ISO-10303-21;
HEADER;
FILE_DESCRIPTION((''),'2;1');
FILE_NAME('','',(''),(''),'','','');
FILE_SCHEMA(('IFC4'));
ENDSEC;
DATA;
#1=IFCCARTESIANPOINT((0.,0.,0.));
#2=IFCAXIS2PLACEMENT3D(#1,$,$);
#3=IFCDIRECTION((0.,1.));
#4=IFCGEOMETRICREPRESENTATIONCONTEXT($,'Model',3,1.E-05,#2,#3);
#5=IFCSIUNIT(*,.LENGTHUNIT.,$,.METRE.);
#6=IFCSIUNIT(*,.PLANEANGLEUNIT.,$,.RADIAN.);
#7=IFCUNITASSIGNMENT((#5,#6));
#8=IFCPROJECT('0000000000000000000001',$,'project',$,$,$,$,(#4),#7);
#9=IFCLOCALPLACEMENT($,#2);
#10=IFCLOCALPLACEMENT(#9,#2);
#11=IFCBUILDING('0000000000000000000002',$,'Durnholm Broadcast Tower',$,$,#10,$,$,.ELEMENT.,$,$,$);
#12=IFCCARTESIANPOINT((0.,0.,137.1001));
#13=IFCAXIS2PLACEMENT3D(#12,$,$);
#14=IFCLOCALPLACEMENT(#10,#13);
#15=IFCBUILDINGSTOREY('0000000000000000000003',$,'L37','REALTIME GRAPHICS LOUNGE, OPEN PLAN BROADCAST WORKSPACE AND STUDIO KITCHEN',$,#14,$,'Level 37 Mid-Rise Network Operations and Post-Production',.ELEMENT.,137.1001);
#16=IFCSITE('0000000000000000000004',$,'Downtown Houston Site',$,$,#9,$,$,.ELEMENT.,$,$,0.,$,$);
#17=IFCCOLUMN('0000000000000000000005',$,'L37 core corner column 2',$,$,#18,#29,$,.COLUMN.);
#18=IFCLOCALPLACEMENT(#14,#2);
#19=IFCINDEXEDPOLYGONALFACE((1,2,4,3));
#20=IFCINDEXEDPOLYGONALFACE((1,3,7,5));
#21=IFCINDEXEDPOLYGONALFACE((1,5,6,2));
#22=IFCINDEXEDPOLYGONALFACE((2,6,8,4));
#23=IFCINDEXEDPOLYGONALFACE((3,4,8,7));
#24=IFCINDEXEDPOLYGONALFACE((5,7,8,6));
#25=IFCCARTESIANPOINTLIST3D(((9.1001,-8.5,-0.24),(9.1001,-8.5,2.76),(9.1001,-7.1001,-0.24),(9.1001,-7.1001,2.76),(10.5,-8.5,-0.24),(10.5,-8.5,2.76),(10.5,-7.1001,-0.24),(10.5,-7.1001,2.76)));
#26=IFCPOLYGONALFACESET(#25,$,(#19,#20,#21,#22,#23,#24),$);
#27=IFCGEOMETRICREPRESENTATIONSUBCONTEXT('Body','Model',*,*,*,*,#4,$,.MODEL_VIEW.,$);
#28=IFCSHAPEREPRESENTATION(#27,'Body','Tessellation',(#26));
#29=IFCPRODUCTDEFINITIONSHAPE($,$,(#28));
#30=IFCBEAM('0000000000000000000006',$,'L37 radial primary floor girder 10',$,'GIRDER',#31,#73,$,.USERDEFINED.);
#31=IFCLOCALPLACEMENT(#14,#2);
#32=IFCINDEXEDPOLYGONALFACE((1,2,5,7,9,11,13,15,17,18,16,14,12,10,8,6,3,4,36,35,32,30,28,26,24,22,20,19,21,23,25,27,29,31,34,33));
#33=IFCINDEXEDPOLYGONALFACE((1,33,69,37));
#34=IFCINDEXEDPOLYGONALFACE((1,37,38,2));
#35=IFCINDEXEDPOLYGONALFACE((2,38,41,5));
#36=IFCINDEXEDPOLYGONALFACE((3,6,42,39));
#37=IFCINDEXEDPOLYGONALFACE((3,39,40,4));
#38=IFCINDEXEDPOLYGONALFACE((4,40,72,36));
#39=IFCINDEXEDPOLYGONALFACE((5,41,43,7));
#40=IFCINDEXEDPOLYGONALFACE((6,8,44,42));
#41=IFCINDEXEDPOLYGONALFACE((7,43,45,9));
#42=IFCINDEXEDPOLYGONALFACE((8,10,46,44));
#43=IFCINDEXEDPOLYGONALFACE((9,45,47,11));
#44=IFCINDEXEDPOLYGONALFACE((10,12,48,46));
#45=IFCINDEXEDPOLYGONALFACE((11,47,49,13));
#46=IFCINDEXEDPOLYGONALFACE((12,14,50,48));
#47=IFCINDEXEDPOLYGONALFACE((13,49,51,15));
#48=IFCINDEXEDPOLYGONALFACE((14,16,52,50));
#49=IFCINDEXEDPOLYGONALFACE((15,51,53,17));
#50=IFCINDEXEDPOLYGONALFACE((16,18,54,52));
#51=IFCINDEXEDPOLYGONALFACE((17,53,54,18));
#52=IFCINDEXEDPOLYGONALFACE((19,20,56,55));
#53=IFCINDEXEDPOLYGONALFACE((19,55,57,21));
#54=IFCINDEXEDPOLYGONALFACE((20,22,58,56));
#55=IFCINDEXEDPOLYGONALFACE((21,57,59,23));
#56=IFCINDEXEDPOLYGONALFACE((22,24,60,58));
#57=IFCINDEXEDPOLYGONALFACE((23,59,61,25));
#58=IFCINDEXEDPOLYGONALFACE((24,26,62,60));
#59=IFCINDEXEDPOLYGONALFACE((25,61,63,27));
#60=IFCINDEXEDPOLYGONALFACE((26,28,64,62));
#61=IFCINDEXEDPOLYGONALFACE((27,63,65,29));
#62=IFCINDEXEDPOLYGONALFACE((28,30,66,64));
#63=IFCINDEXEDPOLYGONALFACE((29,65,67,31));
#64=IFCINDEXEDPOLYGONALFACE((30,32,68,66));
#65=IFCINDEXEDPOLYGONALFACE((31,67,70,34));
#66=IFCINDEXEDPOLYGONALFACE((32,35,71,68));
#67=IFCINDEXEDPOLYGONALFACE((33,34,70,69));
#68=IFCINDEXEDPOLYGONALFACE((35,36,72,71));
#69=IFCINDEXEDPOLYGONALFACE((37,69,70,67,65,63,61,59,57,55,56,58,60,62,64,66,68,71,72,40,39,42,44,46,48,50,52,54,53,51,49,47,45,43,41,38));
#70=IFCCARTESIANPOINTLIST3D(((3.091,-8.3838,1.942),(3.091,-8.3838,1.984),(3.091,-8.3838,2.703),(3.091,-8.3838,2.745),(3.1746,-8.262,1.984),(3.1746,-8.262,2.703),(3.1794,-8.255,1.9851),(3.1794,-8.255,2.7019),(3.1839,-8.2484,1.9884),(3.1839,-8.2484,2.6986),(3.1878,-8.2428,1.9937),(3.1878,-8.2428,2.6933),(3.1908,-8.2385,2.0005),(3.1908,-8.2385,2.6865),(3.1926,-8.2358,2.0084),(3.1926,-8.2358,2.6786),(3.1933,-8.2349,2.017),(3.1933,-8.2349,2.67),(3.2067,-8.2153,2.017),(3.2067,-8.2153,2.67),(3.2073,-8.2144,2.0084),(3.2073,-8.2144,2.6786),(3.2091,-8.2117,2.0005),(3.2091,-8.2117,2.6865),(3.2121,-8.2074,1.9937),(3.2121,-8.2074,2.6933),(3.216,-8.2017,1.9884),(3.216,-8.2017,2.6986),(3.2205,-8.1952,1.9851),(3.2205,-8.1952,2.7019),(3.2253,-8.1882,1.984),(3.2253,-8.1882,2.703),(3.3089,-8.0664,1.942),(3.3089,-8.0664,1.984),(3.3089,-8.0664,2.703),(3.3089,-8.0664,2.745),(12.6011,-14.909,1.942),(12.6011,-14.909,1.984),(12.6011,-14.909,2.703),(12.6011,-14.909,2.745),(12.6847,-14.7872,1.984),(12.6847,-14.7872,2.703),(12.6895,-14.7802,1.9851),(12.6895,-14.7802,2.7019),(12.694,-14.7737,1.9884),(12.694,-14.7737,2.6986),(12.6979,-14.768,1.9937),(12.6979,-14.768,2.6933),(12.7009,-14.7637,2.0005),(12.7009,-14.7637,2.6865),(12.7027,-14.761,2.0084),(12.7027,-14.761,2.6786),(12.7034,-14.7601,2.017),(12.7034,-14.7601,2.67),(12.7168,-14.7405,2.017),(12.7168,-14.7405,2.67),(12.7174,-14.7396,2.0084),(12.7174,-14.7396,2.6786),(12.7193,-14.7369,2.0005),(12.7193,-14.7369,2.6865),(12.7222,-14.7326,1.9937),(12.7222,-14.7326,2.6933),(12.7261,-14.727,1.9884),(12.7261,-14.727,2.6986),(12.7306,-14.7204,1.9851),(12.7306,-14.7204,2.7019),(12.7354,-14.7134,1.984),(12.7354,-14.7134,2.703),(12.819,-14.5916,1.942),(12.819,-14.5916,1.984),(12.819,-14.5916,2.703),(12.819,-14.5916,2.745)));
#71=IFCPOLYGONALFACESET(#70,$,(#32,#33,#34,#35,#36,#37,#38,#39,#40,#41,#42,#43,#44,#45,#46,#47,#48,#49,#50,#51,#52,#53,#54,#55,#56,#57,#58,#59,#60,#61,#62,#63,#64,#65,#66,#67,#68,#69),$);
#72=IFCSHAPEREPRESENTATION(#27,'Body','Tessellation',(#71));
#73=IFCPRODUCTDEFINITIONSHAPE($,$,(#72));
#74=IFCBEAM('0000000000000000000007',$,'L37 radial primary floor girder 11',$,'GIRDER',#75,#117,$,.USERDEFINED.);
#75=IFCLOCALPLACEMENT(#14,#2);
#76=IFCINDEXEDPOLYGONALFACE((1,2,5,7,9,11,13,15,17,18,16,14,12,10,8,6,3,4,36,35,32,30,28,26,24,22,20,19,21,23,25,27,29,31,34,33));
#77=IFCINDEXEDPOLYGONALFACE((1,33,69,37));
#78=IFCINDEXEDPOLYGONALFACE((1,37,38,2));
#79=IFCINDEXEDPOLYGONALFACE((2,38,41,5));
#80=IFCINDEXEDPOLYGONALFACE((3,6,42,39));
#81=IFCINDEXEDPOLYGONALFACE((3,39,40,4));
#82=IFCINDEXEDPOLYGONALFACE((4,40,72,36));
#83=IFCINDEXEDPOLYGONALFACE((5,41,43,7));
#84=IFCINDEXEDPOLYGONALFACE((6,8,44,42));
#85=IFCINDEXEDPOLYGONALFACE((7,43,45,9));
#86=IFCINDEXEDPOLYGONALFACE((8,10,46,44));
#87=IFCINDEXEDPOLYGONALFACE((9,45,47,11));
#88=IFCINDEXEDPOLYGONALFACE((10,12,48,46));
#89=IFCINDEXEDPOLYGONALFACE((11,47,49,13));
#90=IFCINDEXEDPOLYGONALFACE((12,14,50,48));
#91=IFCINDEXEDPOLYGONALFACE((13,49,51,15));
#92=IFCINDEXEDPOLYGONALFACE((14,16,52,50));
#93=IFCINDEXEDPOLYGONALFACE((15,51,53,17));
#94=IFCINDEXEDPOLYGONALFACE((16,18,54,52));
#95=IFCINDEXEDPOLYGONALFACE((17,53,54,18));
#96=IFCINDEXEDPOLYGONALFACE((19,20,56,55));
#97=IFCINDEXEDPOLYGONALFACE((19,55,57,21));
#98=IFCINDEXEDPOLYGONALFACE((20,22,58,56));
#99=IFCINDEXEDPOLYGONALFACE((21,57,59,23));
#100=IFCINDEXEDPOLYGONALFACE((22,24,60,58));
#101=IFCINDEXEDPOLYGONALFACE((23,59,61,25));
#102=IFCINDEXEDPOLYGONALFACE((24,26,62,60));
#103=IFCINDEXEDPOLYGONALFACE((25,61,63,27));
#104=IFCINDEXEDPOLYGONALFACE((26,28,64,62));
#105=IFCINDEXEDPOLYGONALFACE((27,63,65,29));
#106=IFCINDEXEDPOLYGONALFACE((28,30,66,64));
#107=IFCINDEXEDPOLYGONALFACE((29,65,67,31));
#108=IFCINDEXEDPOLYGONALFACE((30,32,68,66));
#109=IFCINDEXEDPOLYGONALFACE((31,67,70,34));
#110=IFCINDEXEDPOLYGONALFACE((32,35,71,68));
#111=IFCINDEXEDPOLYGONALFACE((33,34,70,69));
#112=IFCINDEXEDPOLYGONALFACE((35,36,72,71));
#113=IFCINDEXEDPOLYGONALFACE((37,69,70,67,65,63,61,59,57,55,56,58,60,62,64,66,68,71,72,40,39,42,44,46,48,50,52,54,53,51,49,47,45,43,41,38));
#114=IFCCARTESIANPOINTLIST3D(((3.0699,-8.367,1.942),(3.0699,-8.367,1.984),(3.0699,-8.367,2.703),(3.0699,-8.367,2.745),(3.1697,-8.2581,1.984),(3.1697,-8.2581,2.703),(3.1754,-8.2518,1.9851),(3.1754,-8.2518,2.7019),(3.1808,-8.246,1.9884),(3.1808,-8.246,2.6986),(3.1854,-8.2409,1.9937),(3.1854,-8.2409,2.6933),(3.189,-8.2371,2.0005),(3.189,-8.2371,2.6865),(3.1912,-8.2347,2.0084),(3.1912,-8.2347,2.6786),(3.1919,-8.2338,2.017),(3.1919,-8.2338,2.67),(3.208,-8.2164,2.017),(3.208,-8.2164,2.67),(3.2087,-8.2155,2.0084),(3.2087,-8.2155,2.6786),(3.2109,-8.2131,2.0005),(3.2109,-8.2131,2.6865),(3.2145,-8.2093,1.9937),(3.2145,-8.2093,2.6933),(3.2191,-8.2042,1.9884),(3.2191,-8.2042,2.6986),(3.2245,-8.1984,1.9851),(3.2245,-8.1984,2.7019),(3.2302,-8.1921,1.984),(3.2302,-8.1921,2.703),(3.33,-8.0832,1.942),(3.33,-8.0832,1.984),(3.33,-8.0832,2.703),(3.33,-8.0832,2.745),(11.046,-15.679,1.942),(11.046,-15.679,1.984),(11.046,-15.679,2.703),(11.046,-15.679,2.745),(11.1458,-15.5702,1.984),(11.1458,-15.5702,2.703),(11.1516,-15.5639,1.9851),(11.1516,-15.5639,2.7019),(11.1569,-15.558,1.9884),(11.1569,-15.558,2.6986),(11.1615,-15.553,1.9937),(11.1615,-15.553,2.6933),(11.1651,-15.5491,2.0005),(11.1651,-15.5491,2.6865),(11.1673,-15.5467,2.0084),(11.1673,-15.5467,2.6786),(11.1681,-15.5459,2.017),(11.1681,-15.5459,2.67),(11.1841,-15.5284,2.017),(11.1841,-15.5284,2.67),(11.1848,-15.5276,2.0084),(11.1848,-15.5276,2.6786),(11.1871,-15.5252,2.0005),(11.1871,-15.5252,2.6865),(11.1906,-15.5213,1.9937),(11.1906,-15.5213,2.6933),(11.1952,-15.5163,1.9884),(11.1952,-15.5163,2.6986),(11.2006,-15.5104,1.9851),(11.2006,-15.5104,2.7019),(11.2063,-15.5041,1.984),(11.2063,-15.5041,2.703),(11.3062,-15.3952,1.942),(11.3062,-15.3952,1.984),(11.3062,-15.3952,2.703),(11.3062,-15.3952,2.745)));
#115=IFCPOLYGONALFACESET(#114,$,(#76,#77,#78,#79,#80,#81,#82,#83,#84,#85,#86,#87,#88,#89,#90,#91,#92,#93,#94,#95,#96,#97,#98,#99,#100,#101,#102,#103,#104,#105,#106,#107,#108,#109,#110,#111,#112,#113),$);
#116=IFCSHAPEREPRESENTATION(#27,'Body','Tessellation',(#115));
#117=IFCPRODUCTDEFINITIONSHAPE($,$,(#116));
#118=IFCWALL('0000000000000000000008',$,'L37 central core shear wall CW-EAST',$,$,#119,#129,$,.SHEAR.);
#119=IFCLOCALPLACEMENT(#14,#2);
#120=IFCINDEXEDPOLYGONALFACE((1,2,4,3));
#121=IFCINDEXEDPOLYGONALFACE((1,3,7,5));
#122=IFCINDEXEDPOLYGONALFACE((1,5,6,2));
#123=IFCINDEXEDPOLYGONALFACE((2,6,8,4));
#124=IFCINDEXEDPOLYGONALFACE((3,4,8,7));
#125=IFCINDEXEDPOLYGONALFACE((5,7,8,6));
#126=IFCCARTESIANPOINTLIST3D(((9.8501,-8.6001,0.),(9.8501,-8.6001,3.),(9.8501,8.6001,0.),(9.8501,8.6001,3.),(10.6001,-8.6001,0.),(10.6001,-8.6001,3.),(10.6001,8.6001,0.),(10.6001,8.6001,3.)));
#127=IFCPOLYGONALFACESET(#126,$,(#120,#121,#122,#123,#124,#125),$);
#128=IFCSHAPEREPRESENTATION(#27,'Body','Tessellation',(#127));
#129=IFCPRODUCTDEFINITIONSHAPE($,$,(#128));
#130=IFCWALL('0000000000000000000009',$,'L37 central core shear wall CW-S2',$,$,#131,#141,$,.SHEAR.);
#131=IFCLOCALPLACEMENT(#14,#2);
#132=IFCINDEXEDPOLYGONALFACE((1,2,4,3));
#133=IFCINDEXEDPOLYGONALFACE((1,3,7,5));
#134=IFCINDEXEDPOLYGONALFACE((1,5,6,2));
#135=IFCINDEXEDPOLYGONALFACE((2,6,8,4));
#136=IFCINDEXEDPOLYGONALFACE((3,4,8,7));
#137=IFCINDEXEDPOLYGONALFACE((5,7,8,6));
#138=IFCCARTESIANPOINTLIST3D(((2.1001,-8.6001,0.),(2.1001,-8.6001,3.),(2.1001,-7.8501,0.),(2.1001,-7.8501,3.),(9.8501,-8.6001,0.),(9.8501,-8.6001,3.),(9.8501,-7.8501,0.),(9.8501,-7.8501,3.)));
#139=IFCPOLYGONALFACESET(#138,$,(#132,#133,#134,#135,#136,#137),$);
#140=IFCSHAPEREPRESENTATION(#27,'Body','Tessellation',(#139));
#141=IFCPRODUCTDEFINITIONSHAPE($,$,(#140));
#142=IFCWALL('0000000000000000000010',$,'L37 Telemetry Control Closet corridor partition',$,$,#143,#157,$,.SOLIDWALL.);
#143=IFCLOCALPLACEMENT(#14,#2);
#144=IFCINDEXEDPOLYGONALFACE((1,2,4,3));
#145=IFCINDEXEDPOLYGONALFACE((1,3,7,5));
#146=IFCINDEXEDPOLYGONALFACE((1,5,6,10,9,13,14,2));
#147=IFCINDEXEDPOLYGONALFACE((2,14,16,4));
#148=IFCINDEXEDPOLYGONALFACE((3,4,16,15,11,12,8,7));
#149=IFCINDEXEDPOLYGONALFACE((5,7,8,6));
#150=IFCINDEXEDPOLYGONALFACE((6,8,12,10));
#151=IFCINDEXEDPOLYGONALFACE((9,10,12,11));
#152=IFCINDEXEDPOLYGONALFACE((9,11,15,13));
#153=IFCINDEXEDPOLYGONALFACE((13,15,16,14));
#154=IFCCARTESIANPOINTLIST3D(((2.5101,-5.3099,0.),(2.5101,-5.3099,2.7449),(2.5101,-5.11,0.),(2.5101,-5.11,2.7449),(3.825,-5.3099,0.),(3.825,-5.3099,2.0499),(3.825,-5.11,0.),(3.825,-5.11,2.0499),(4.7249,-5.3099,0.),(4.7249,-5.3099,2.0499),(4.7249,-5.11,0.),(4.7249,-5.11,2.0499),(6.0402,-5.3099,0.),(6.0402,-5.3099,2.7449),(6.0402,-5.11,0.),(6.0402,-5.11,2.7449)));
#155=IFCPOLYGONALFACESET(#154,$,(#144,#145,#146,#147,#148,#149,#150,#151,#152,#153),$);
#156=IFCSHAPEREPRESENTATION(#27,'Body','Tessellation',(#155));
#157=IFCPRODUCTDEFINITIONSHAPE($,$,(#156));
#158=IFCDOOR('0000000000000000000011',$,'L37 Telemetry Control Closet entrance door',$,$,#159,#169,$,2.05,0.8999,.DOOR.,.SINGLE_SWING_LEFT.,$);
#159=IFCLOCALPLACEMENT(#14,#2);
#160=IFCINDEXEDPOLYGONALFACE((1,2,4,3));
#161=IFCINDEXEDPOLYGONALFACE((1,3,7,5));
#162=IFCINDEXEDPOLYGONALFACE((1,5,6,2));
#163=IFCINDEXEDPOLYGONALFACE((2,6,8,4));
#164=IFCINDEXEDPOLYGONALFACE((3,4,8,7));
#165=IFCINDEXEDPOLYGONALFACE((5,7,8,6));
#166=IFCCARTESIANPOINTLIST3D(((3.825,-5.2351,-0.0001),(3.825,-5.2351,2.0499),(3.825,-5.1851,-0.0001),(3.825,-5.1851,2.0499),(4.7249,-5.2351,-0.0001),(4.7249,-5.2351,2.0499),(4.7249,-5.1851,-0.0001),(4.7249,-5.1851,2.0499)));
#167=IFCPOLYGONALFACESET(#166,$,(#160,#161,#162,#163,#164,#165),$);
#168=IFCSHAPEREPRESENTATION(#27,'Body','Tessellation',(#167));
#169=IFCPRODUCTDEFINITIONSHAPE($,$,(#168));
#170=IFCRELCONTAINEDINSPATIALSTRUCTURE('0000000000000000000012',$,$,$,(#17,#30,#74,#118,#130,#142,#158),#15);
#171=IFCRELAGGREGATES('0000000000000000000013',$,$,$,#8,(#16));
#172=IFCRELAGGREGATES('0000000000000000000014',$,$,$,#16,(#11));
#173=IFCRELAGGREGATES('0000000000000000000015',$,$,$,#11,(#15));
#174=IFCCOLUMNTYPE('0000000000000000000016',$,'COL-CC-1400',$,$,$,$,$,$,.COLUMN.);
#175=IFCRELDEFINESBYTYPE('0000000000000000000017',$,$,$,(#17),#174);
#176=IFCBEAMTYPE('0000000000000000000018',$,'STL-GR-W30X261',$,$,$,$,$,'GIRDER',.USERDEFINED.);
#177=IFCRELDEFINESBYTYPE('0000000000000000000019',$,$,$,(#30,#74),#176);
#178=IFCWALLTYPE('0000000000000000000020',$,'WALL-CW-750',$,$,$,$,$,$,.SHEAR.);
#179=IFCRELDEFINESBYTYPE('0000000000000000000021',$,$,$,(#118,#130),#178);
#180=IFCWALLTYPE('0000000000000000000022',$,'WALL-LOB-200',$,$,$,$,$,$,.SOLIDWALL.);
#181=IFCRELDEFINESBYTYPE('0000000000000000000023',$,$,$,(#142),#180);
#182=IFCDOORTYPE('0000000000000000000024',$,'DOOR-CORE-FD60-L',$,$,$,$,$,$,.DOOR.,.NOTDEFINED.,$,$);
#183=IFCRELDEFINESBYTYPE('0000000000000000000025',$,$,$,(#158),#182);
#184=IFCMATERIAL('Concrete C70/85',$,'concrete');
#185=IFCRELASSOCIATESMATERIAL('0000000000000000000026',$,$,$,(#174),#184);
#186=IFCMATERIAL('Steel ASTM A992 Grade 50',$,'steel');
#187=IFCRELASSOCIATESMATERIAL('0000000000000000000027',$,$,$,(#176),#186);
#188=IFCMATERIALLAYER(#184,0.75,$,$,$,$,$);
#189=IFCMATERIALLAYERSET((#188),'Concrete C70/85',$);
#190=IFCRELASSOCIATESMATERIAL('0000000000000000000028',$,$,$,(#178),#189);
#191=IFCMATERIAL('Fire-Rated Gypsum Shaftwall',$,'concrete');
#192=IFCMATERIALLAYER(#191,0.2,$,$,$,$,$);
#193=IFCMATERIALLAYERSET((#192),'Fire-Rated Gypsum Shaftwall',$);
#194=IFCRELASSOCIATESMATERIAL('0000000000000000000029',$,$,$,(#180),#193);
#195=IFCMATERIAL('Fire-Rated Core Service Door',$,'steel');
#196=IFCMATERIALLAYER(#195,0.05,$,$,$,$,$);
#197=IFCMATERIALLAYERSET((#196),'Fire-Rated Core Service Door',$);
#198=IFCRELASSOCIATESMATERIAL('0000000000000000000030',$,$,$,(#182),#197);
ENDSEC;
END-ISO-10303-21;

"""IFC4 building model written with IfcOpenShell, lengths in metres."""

from ifc_helpers import new_model, si_unit, direction, frame, frame_2d, origin, origin_2d, place, context, subcontext, project, spatial, rectangle, i_section, extrude, source, transform, mapped, material, layer, layer_set, material_profile, profile_set, type_object, type_shapes, element, fill, save


model = new_model("IFC4")

# Units and contexts
model_context = context("Model", 3, precision=1e-05, world=origin(), true_north=direction((0.0, 1.0)))
body_context = subcontext(model_context, "Body", "Model", "MODEL_VIEW")
ifc_project = project(units=[si_unit("LENGTHUNIT", "METRE"), si_unit("PLANEANGLEUNIT", "RADIAN")], contexts=[model_context])

# Site, building, storey
site_placement = place(None, origin())
site = spatial("IfcSite", under=ifc_project, at=site_placement, Name="Downtown Houston Site", CompositionType="ELEMENT", RefElevation=0.0)
building_placement = place(site_placement, origin())
building = spatial("IfcBuilding", under=site, at=building_placement, Name="Durnholm Broadcast Tower", CompositionType="ELEMENT")
storey_placement = place(building_placement, frame((0.0, 0.0, 137.1001)))
storey = spatial("IfcBuildingStorey", under=building, at=storey_placement, Name="L37", Description="REALTIME GRAPHICS LOUNGE, OPEN PLAN BROADCAST WORKSPACE AND STUDIO KITCHEN", LongName="Level 37 Mid-Rise Network Operations and Post-Production", CompositionType="ELEMENT", Elevation=137.1001)

# Column
ifc_material_1 = material(Name="Concrete C70/85", Category="concrete")
ifc_material_profile_1 = material_profile(ifc_material_1, rectangle(XDim=1.3999, YDim=1.3999, at=origin_2d()), Name="RC1400X1400")
ifc_profile_set_1 = profile_set([ifc_material_profile_1], Name="Concrete C70/85")
column_type = type_object("IfcColumnType", Name="COL-CC-1400", PredefinedType="COLUMN", material=ifc_profile_set_1)
shared_shape_1 = source(origin(), body_context, "Body", "SweptSolid", [
    extrude(rectangle(XDim=1.3999, YDim=1.3999, at=origin_2d()), origin(), (0.0, 0.0, 1.0), 3.0),
])
type_shapes(column_type, [shared_shape_1])
column_placement = place(storey_placement, frame((9.8, -7.8, -0.24), z_axis=(0.0, 0.0, 1.0), x_axis=(1.0, 0.0, 0.0)))
element("IfcColumn", 1, at=column_placement, inside=storey, type_object=column_type, Name="L37 core corner column 2", PredefinedType="COLUMN", context=body_context, shape_type="MappedRepresentation", body=[
    mapped(shared_shape_1, transform((0.0, 0.0, 0.0), x_axis=(1.0, 0.0, 0.0), y_axis=(0.0, 1.0, 0.0), z_axis=(0.0, 0.0, 1.0), scale=1.0)),
])

# Beams
ifc_material_2 = material(Name="Steel ASTM A992 Grade 50", Category="steel")
ifc_material_profile_2 = material_profile(ifc_material_2, i_section(OverallWidth=0.385, OverallDepth=0.803, WebThickness=0.0237, FlangeThickness=0.042, FilletRadius=0.033, at=origin_2d()), Name="W30X261")
ifc_profile_set_2 = profile_set([ifc_material_profile_2], Name="Steel ASTM A992 Grade 50")
beam_type = type_object("IfcBeamType", Name="STL-GR-W30X261", ElementType="GIRDER", PredefinedType="USERDEFINED", material=ifc_profile_set_2)
shared_shape_2 = source(origin(), body_context, "Body", "SweptSolid", [
    extrude(i_section(OverallWidth=0.385, OverallDepth=0.803, WebThickness=0.0237, FlangeThickness=0.042, FilletRadius=0.033, at=origin_2d()), origin(), (0.0, 0.0, 1.0), 11.5334),
])
beam_1_placement = place(storey_placement, frame((3.2, -8.2251, 2.3435), z_axis=(0.824567, -0.565764, 0.0), x_axis=(0.565764, 0.824567, 0.0)))
element("IfcBeam", 2, at=beam_1_placement, inside=storey, type_object=beam_type, Name="L37 radial primary floor girder 10", ObjectType="GIRDER", PredefinedType="USERDEFINED", context=body_context, shape_type="MappedRepresentation", body=[
    mapped(shared_shape_2, transform((0.0, 0.0, 0.0), x_axis=(1.0, 0.0, 0.0), y_axis=(0.0, 1.0, 0.0), z_axis=(0.0, 0.0, 1.0), scale=1.0)),
])
shared_shape_3 = source(origin(), body_context, "Body", "SweptSolid", [
    extrude(i_section(OverallWidth=0.385, OverallDepth=0.803, WebThickness=0.0237, FlangeThickness=0.042, FilletRadius=0.033, at=origin_2d()), origin(), (0.0, 0.0, 1.0), 10.8206),
])
type_shapes(beam_type, [shared_shape_2, shared_shape_3])
beam_2_placement = place(storey_placement, frame((3.2, -8.2251, 2.3435), z_axis=(0.737126, -0.675755, 0.0), x_axis=(0.675755, 0.737126, 0.0)))
element("IfcBeam", 3, at=beam_2_placement, inside=storey, type_object=beam_type, Name="L37 radial primary floor girder 11", ObjectType="GIRDER", PredefinedType="USERDEFINED", context=body_context, shape_type="MappedRepresentation", body=[
    mapped(shared_shape_3, transform((0.0, 0.0, 0.0), x_axis=(1.0, 0.0, 0.0), y_axis=(0.0, 1.0, 0.0), z_axis=(0.0, 0.0, 1.0), scale=1.0)),
])

# Walls
ifc_layer_1 = layer(ifc_material_1, 0.75)
ifc_layer_set_1 = layer_set([ifc_layer_1], Name="Concrete C70/85")
wall_type_1 = type_object("IfcWallType", Name="WALL-CW-750", PredefinedType="SHEAR", material=ifc_layer_set_1)
wall_1_placement = place(storey_placement, frame((10.2251, -8.6001, 0.0), z_axis=(0.0, 0.0, 1.0), x_axis=(0.0, 1.0, 0.0)))
element("IfcWall", 4, at=wall_1_placement, inside=storey, type_object=wall_type_1, Name="L37 central core shear wall CW-EAST", PredefinedType="SHEAR", context=body_context, shape_type="SweptSolid", body=[
    extrude(rectangle(XDim=17.2002, YDim=0.75, at=frame_2d((8.6001, 0.0))), origin(), (0.0, 0.0, 1.0), 3.0),
])
wall_2_placement = place(storey_placement, frame((2.1001, -8.2251, 0.0), z_axis=(0.0, 0.0, 1.0), x_axis=(1.0, 0.0, 0.0)))
element("IfcWall", 5, at=wall_2_placement, inside=storey, type_object=wall_type_1, Name="L37 central core shear wall CW-S2", PredefinedType="SHEAR", context=body_context, shape_type="SweptSolid", body=[
    extrude(rectangle(XDim=7.75, YDim=0.75, at=frame_2d((3.875, 0.0))), origin(), (0.0, 0.0, 1.0), 3.0),
])

# Wall, opening, door
ifc_material_3 = material(Name="Fire-Rated Gypsum Shaftwall", Category="concrete")
ifc_layer_2 = layer(ifc_material_3, 0.2)
ifc_layer_set_2 = layer_set([ifc_layer_2], Name="Fire-Rated Gypsum Shaftwall")
wall_type_2 = type_object("IfcWallType", Name="WALL-LOB-200", PredefinedType="SOLIDWALL", material=ifc_layer_set_2)
wall_3_placement = place(storey_placement, frame((2.51, -5.21, 0.0), z_axis=(0.0, 0.0, 1.0), x_axis=(1.0, 0.0, 0.0)))
wall_3 = element("IfcWall", 6, at=wall_3_placement, inside=storey, type_object=wall_type_2, Name="L37 Telemetry Control Closet corridor partition", PredefinedType="SOLIDWALL", context=body_context, shape_type="SweptSolid", body=[
    extrude(rectangle(XDim=3.53, YDim=0.2, at=frame_2d((1.7651, 0.0))), origin(), (0.0, 0.0, 1.0), 2.7449),
])
opening_1_placement = place(wall_3_placement, frame((1.3149, 0.0, 0.0)))
opening_1 = element("IfcOpeningElement", 7, at=opening_1_placement, cuts=wall_3, PredefinedType="OPENING", context=body_context, shape_type="SweptSolid", body=[
    extrude(rectangle(XDim=0.8999, YDim=2.05, at=frame_2d((0.45, 1.0249))), frame((0.0, 0.1099, 0.0), z_axis=(0.0, -1.0, 0.0), x_axis=(1.0, 0.0, 0.0)), (0.0, 0.0, 1.0), 0.22),
])
ifc_material_4 = material(Name="Fire-Rated Core Service Door", Category="steel")
ifc_layer_3 = layer(ifc_material_4, 0.05)
ifc_layer_set_3 = layer_set([ifc_layer_3], Name="Fire-Rated Core Service Door")
door_type_1 = type_object("IfcDoorType", Name="DOOR-CORE-FD60-L", OperationType="NOTDEFINED", PredefinedType="DOOR", material=ifc_layer_set_3)
shared_shape_4 = source(origin(), body_context, "Body", "SweptSolid", [
    extrude(rectangle(XDim=0.8999, YDim=2.05, at=frame_2d((0.45, 1.0249))), frame((0.0, 0.0249, 0.0), z_axis=(0.0, -1.0, 0.0), x_axis=(1.0, 0.0, 0.0)), (0.0, 0.0, 1.0), 0.05),
])
type_shapes(door_type_1, [shared_shape_4])
door_1_placement = place(opening_1_placement, origin())
door_1 = element("IfcDoor", 8, at=door_1_placement, inside=storey, type_object=door_type_1, Name="L37 Telemetry Control Closet entrance door", OperationType="SINGLE_SWING_LEFT", OverallHeight=2.05, OverallWidth=0.8999, PredefinedType="DOOR", context=body_context, shape_type="MappedRepresentation", body=[
    mapped(shared_shape_4, transform((0.0, 0.0, 0.0), x_axis=(1.0, 0.0, 0.0), y_axis=(0.0, 1.0, 0.0), z_axis=(0.0, 0.0, 1.0), scale=1.0)),
])
fill(opening_1, door_1)

save(model, "model.ifc")
